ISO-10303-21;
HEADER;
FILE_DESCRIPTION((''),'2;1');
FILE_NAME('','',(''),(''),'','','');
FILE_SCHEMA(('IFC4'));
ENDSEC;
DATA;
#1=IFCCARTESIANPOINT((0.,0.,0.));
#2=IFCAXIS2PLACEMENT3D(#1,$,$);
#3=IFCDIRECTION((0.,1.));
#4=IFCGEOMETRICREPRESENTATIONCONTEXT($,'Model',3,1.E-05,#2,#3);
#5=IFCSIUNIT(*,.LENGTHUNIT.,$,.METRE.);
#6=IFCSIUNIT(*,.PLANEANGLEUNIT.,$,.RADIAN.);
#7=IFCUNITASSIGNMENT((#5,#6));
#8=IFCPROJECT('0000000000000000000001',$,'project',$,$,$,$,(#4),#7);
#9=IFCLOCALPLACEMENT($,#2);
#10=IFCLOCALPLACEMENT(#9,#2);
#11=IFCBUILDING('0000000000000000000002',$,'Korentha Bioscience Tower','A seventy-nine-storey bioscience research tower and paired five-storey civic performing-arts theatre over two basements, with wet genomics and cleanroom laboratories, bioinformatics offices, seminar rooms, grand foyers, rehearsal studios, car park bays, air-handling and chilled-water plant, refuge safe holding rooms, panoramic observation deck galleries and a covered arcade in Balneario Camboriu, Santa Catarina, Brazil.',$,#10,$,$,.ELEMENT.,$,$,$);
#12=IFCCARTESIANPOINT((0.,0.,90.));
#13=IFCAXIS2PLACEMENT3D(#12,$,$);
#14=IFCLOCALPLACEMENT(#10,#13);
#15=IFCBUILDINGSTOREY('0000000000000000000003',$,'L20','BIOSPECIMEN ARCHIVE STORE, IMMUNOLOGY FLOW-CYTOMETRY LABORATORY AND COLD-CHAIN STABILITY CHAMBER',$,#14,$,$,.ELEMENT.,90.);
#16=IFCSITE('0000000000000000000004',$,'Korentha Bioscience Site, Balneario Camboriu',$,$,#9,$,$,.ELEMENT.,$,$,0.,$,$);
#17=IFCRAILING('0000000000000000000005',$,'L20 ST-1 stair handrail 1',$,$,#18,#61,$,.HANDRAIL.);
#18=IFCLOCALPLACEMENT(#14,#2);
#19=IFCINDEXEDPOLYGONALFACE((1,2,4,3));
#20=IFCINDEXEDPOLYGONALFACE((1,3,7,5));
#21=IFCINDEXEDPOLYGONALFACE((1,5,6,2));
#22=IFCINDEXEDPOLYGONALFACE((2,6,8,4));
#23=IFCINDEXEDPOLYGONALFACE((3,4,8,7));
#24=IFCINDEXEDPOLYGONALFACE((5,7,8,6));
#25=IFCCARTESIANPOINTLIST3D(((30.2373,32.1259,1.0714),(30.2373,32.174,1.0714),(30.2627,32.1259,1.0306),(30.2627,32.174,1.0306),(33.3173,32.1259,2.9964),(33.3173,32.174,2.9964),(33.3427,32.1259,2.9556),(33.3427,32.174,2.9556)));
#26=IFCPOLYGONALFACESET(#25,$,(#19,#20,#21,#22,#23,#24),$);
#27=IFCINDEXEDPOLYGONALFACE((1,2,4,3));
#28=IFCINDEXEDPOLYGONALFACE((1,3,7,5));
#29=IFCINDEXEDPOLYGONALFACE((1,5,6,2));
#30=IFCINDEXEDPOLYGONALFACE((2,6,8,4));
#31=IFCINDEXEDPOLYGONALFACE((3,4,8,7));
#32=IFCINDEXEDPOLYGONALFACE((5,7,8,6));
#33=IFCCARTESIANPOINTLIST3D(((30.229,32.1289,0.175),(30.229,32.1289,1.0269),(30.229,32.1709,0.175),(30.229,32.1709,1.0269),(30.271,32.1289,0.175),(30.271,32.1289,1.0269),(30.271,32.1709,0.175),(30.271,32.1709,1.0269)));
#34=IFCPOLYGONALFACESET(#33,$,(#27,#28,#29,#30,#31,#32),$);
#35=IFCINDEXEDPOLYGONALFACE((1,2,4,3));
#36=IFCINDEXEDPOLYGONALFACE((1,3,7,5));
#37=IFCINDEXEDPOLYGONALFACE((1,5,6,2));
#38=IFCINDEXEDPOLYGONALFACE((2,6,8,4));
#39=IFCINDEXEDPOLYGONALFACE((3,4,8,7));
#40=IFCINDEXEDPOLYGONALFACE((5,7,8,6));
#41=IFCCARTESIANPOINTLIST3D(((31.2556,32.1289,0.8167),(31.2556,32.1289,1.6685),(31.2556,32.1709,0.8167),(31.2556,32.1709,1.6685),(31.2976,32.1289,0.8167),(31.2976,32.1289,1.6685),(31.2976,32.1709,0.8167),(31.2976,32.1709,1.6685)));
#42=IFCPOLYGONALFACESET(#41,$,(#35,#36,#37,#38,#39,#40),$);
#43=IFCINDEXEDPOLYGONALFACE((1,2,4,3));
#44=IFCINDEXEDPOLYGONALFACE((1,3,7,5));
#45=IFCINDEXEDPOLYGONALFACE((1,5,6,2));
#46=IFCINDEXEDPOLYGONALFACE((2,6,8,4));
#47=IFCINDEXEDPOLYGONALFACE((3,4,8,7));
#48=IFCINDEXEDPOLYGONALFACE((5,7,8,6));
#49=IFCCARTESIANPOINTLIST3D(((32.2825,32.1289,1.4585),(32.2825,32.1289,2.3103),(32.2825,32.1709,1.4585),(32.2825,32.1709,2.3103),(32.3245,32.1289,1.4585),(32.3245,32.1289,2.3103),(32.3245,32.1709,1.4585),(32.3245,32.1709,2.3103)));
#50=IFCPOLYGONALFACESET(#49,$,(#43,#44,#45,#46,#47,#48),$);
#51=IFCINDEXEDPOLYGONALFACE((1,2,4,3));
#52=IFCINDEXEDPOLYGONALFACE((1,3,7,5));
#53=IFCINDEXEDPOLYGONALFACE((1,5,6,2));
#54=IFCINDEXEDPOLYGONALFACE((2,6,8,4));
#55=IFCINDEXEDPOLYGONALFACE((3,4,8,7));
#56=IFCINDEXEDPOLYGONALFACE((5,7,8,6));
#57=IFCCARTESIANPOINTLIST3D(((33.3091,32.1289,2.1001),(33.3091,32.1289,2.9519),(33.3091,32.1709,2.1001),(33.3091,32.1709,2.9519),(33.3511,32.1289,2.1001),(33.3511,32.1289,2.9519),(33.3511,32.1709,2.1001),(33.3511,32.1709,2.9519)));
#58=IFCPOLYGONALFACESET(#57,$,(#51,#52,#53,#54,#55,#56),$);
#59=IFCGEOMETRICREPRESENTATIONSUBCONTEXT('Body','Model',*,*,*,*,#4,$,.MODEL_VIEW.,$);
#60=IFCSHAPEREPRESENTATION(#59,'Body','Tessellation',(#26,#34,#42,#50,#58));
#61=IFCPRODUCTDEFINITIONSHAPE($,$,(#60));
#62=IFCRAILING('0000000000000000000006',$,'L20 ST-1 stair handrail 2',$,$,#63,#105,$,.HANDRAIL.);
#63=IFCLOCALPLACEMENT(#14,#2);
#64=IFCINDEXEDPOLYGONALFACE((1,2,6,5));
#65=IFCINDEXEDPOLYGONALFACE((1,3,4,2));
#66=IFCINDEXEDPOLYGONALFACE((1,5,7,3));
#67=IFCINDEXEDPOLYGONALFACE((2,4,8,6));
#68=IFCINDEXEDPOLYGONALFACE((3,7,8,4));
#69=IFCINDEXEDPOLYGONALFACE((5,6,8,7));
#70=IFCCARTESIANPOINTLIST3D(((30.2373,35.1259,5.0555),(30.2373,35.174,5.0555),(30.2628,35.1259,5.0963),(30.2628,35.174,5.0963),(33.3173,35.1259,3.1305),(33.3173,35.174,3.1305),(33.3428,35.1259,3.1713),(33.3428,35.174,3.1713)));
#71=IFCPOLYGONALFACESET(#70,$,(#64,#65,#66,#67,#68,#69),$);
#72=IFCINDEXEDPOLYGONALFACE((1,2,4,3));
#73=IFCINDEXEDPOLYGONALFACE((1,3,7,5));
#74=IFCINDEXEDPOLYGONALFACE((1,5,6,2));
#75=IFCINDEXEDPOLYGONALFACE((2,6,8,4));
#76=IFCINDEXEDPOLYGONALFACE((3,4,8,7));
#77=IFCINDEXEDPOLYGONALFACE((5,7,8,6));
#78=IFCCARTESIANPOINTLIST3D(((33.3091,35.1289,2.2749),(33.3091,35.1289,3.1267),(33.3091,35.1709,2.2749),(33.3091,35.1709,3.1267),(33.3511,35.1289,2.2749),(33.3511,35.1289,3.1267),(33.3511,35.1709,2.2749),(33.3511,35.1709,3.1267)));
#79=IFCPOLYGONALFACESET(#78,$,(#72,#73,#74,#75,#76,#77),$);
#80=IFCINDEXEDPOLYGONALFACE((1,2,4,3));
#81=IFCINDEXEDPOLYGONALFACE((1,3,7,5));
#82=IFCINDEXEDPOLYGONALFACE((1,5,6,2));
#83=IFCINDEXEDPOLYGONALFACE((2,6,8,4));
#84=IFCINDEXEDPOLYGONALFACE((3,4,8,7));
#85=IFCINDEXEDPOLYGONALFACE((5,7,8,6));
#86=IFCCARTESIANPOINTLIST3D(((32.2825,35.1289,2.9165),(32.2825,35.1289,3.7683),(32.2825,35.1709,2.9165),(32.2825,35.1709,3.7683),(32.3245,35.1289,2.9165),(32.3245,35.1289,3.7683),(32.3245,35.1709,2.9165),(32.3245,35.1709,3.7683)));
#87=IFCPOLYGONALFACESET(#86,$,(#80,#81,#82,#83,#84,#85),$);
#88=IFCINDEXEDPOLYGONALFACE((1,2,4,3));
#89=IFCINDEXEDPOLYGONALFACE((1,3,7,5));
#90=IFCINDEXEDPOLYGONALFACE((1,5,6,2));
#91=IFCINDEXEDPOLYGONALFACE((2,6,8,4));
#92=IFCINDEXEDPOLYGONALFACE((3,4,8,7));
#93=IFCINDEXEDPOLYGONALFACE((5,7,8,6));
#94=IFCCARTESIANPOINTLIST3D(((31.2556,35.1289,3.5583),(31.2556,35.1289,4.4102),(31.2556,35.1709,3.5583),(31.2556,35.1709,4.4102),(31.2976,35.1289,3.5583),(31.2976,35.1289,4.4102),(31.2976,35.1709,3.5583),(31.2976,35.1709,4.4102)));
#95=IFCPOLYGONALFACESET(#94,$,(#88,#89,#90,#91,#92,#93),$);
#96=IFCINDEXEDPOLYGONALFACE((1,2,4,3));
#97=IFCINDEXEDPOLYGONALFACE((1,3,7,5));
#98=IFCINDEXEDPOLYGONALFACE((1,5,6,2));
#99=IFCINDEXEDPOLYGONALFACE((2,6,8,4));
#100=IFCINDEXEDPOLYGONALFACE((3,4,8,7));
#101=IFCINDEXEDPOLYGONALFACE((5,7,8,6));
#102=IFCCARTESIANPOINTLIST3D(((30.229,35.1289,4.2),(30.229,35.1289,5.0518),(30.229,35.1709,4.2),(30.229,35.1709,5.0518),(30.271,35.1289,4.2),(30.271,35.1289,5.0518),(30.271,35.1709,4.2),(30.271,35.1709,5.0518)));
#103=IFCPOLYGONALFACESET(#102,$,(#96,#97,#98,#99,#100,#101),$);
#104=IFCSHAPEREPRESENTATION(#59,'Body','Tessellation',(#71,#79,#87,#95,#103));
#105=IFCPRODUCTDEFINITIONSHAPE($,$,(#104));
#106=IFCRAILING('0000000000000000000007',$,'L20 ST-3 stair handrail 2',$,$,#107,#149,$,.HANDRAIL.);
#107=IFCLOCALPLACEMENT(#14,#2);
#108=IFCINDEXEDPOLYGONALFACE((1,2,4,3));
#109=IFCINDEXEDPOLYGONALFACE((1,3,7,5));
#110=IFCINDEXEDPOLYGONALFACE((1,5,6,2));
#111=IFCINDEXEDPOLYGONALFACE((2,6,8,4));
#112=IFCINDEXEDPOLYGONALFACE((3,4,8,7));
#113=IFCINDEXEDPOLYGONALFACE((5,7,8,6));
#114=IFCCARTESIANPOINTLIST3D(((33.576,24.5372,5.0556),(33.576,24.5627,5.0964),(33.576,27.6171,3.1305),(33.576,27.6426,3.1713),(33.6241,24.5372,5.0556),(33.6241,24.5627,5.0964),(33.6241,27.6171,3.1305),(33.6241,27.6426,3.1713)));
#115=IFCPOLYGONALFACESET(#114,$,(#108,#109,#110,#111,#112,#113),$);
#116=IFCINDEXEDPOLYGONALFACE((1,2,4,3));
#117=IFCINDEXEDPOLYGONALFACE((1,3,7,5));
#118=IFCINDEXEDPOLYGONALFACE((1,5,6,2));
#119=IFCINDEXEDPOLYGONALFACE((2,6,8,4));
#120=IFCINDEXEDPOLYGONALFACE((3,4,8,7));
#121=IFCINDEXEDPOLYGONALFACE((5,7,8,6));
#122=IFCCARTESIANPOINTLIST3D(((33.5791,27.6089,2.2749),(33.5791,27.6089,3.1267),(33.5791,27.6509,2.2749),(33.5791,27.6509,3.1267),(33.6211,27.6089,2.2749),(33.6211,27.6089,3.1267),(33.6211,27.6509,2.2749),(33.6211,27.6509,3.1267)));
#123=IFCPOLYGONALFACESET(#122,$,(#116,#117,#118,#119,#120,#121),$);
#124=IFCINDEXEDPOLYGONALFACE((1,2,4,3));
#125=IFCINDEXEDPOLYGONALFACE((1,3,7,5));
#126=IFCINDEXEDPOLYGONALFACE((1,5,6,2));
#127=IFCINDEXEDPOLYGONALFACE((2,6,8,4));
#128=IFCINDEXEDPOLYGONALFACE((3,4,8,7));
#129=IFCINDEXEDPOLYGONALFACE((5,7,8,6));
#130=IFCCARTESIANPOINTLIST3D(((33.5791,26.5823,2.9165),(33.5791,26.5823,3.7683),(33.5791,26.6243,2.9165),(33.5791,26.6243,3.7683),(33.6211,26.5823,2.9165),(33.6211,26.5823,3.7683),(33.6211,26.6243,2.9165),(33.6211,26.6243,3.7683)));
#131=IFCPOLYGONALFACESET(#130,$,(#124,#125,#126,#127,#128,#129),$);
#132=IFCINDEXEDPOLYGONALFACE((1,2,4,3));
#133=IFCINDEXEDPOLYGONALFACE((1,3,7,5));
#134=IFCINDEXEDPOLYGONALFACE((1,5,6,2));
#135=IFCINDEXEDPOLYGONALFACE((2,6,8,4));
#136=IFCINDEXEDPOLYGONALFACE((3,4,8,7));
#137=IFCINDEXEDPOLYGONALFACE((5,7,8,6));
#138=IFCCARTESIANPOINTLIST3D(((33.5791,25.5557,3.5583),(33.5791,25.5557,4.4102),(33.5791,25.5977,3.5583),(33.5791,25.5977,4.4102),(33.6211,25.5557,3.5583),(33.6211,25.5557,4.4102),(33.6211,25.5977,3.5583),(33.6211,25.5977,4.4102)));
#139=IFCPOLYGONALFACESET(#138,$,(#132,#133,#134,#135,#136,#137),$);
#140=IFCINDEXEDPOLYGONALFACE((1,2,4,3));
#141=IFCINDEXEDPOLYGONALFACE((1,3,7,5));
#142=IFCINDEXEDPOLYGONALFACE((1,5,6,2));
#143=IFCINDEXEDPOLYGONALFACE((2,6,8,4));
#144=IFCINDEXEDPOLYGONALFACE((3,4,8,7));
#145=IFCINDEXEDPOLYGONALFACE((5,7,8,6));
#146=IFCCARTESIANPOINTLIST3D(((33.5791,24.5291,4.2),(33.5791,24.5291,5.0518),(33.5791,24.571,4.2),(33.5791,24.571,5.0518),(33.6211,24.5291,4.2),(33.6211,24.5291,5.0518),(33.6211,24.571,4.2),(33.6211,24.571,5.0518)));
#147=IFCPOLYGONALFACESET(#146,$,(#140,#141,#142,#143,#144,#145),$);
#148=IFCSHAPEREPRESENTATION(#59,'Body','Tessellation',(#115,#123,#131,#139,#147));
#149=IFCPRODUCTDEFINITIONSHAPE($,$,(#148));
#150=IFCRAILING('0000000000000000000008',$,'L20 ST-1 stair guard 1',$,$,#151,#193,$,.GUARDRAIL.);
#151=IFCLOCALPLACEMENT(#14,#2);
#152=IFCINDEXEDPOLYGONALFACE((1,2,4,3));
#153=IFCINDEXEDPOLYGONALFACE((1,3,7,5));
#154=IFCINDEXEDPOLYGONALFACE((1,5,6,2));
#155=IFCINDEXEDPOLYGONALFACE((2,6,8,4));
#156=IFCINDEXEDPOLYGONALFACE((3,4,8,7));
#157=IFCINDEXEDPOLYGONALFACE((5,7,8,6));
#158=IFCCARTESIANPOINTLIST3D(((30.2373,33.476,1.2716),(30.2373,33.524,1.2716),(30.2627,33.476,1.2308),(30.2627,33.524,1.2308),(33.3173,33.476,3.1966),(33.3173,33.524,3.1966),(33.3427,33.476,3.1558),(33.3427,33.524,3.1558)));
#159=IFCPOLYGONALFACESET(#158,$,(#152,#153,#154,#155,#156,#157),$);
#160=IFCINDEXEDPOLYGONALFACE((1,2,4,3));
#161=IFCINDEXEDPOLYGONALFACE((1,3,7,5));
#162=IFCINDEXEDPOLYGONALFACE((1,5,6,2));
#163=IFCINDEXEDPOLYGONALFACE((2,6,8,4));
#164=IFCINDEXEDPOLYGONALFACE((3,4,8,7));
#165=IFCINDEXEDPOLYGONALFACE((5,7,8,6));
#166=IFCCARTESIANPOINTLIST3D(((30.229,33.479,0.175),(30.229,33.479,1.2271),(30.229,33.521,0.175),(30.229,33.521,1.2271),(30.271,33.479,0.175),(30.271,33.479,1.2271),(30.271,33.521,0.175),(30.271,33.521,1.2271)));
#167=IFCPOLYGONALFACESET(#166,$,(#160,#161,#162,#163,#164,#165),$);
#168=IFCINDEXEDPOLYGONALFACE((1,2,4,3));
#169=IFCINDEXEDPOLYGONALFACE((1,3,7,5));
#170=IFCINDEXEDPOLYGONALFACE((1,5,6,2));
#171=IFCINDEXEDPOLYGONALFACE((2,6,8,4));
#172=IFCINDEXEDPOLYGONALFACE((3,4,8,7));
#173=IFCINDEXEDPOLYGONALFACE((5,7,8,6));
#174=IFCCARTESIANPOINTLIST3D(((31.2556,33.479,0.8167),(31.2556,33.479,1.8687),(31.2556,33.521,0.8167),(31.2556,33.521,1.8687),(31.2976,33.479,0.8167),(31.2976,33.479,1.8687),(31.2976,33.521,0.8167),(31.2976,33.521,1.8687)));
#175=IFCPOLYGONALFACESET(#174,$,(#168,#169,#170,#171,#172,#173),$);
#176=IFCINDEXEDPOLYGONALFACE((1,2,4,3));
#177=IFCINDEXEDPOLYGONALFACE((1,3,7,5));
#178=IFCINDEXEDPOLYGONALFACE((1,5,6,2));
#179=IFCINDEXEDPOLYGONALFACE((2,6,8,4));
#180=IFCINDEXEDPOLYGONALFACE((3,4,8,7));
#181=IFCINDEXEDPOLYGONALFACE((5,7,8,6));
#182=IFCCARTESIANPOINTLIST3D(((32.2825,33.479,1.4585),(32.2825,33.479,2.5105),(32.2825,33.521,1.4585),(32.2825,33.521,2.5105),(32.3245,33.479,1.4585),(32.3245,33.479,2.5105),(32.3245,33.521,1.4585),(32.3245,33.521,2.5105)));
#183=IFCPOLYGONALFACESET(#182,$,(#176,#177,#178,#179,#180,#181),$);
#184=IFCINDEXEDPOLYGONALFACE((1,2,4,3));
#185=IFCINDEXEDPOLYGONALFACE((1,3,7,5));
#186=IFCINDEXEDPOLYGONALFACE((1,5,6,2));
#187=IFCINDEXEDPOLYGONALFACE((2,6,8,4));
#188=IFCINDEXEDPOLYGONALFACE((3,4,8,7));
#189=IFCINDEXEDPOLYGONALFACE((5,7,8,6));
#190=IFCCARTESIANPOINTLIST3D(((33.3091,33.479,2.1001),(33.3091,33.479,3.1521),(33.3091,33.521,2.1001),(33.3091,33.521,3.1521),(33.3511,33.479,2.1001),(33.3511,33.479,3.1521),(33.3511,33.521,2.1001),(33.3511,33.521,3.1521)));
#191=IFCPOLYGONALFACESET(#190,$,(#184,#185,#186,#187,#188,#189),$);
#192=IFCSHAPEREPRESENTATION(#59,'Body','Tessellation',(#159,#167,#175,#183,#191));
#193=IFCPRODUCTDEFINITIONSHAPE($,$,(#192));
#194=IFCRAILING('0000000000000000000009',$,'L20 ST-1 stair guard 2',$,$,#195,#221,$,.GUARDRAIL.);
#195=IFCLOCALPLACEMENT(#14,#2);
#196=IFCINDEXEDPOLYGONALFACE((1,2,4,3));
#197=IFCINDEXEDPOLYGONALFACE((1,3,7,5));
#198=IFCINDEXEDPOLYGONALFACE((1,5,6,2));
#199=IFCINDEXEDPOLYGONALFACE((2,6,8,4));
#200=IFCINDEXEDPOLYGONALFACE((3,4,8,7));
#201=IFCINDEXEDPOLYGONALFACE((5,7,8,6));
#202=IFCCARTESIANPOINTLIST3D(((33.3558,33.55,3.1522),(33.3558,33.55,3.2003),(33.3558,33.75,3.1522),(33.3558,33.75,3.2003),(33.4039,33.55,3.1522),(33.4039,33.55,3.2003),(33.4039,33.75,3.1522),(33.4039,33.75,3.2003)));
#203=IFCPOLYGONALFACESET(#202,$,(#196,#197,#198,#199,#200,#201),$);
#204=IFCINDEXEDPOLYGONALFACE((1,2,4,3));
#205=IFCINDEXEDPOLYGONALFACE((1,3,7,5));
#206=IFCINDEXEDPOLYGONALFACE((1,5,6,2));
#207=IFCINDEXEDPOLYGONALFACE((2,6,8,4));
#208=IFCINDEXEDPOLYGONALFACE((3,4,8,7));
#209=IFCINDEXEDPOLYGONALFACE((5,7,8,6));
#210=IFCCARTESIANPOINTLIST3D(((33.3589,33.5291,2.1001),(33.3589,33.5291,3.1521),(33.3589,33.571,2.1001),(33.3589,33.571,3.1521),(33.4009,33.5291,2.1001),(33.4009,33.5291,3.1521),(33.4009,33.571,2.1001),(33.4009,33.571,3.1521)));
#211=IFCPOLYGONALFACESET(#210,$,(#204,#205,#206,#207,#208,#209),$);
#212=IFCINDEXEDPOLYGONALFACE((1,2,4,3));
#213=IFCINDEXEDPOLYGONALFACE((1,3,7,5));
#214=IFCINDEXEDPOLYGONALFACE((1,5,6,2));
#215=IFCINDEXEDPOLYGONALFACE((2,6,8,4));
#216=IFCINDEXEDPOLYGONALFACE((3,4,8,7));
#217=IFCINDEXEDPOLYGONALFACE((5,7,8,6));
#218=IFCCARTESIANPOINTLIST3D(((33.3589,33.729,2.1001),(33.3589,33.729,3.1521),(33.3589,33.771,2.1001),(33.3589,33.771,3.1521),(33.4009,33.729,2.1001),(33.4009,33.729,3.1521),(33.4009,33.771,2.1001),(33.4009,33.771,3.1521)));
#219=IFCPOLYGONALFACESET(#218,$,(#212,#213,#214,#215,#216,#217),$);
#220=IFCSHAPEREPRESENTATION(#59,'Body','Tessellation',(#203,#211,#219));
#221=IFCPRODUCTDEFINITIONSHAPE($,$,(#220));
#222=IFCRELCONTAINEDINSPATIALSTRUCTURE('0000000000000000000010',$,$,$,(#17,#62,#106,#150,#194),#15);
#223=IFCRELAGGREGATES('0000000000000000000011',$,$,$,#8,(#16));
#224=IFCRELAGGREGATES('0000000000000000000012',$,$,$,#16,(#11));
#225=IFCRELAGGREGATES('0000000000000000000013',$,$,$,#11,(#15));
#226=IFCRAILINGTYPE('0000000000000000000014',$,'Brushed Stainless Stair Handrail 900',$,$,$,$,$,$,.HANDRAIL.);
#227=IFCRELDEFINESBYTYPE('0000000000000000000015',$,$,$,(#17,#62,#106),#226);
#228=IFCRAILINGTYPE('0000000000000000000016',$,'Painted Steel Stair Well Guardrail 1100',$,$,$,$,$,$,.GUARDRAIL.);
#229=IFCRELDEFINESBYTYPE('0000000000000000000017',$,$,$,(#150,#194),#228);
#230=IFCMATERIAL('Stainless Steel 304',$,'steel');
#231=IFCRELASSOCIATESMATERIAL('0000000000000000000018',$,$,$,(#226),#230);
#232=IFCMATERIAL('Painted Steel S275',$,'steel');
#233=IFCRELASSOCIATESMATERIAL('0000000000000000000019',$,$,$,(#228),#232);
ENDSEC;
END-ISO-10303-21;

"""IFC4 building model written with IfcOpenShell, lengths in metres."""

from ifc_helpers import new_model, si_unit, direction, frame, origin, origin_2d, place, context, subcontext, project, spatial, rectangle, extrude, material, type_object, element, save


model = new_model("IFC4")

# Units and contexts
model_context = context("Model", 3, precision=1e-05, world=origin(), true_north=direction((0.0, 1.0)))
body_context = subcontext(model_context, "Body", "Model", "MODEL_VIEW")
ifc_project = project(units=[si_unit("LENGTHUNIT", "METRE"), si_unit("PLANEANGLEUNIT", "RADIAN")], contexts=[model_context])

# Site, building, storey
site_placement = place(None, origin())
site = spatial("IfcSite", under=ifc_project, at=site_placement, Name="Korentha Bioscience Site, Balneario Camboriu", CompositionType="ELEMENT", RefElevation=0.0)
building_placement = place(site_placement, origin())
building = spatial("IfcBuilding", under=site, at=building_placement, Name="Korentha Bioscience Tower", Description="A seventy-nine-storey bioscience research tower and paired five-storey civic performing-arts theatre over two basements, with wet genomics and cleanroom laboratories, bioinformatics offices, seminar rooms, grand foyers, rehearsal studios, car park bays, air-handling and chilled-water plant, refuge safe holding rooms, panoramic observation deck galleries and a covered arcade in Balneario Camboriu, Santa Catarina, Brazil.", CompositionType="ELEMENT")
storey_placement = place(building_placement, frame((0.0, 0.0, 90.0)))
storey = spatial("IfcBuildingStorey", under=building, at=storey_placement, Name="L20", Description="BIOSPECIMEN ARCHIVE STORE, IMMUNOLOGY FLOW-CYTOMETRY LABORATORY AND COLD-CHAIN STABILITY CHAMBER", CompositionType="ELEMENT", Elevation=90.0)

# Railings
ifc_material_1 = material(Name="Stainless Steel 304", Category="steel")
railing_type_1 = type_object("IfcRailingType", Name="Brushed Stainless Stair Handrail 900", PredefinedType="HANDRAIL", material=ifc_material_1)
railing_1_placement = place(storey_placement, frame((30.25, 32.1499, 0.175)))
element("IfcRailing", 1, at=railing_1_placement, inside=storey, type_object=railing_type_1, Name="L20 ST-1 stair handrail 1", PredefinedType="HANDRAIL", context=body_context, shape_type="SweptSolid", body=[
    extrude(rectangle(XDim=0.0481, YDim=0.0481, at=origin_2d()), frame((0.0, 0.0, 0.876), z_axis=(0.847998, 0.0, 0.529999), x_axis=(0.0, 1.0, 0.0)), (0.0, 0.0, 1.0), 3.6321),
    extrude(rectangle(XDim=0.042, YDim=0.042, at=origin_2d()), origin(), (0.0, 0.0, 1.0), 0.8518),
    extrude(rectangle(XDim=0.042, YDim=0.042, at=origin_2d()), frame((1.0266, 0.0, 0.6416)), (0.0, 0.0, 1.0), 0.8518),
    extrude(rectangle(XDim=0.042, YDim=0.042, at=origin_2d()), frame((2.0535, 0.0, 1.2834)), (0.0, 0.0, 1.0), 0.8518),
    extrude(rectangle(XDim=0.042, YDim=0.042, at=origin_2d()), frame((3.0801, 0.0, 1.925)), (0.0, 0.0, 1.0), 0.8518),
])
railing_2_placement = place(storey_placement, frame((33.3301, 35.1499, 2.2749)))
element("IfcRailing", 2, at=railing_2_placement, inside=storey, type_object=railing_type_1, Name="L20 ST-1 stair handrail 2", PredefinedType="HANDRAIL", context=body_context, shape_type="SweptSolid", body=[
    extrude(rectangle(XDim=0.0481, YDim=0.0481, at=origin_2d()), frame((0.0, 0.0, 0.876), z_axis=(-0.847998, 0.0, 0.529999), x_axis=(0.0, -1.0, 0.0)), (0.0, 0.0, 1.0), 3.6321),
    extrude(rectangle(XDim=0.042, YDim=0.042, at=origin_2d()), origin(), (0.0, 0.0, 1.0), 0.8518),
    extrude(rectangle(XDim=0.042, YDim=0.042, at=origin_2d()), frame((-1.0266, 0.0, 0.6416)), (0.0, 0.0, 1.0), 0.8518),
    extrude(rectangle(XDim=0.042, YDim=0.042, at=origin_2d()), frame((-2.0535, 0.0, 1.2834)), (0.0, 0.0, 1.0), 0.8518),
    extrude(rectangle(XDim=0.042, YDim=0.042, at=origin_2d()), frame((-3.0801, 0.0, 1.925)), (0.0, 0.0, 1.0), 0.8518),
])
railing_3_placement = place(storey_placement, frame((33.6001, 27.6299, 2.2749)))
element("IfcRailing", 3, at=railing_3_placement, inside=storey, type_object=railing_type_1, Name="L20 ST-3 stair handrail 2", PredefinedType="HANDRAIL", context=body_context, shape_type="SweptSolid", body=[
    extrude(rectangle(XDim=0.0481, YDim=0.0481, at=origin_2d()), frame((0.0, 0.0, 0.876), z_axis=(0.0, -0.847979, 0.530029), x_axis=(1.0, 0.0, 0.0)), (0.0, 0.0, 1.0), 3.6321),
    extrude(rectangle(XDim=0.042, YDim=0.042, at=origin_2d()), origin(), (0.0, 0.0, 1.0), 0.8518),
    extrude(rectangle(XDim=0.042, YDim=0.042, at=origin_2d()), frame((0.0, -1.0266, 0.6416)), (0.0, 0.0, 1.0), 0.8518),
    extrude(rectangle(XDim=0.042, YDim=0.042, at=origin_2d()), frame((0.0, -2.0532, 1.2834)), (0.0, 0.0, 1.0), 0.8518),
    extrude(rectangle(XDim=0.042, YDim=0.042, at=origin_2d()), frame((0.0, -3.0798, 1.925)), (0.0, 0.0, 1.0), 0.8518),
])
ifc_material_2 = material(Name="Painted Steel S275", Category="steel")
railing_type_2 = type_object("IfcRailingType", Name="Painted Steel Stair Well Guardrail 1100", PredefinedType="GUARDRAIL", material=ifc_material_2)
railing_4_placement = place(storey_placement, frame((30.25, 33.5, 0.175)))
element("IfcRailing", 4, at=railing_4_placement, inside=storey, type_object=railing_type_2, Name="L20 ST-1 stair guard 1", PredefinedType="GUARDRAIL", context=body_context, shape_type="SweptSolid", body=[
    extrude(rectangle(XDim=0.0481, YDim=0.0481, at=origin_2d()), frame((0.0, 0.0, 1.0762), z_axis=(0.847998, 0.0, 0.529999), x_axis=(0.0, 1.0, 0.0)), (0.0, 0.0, 1.0), 3.6321),
    extrude(rectangle(XDim=0.042, YDim=0.042, at=origin_2d()), origin(), (0.0, 0.0, 1.0), 1.052),
    extrude(rectangle(XDim=0.042, YDim=0.042, at=origin_2d()), frame((1.0266, 0.0, 0.6416)), (0.0, 0.0, 1.0), 1.052),
    extrude(rectangle(XDim=0.042, YDim=0.042, at=origin_2d()), frame((2.0535, 0.0, 1.2834)), (0.0, 0.0, 1.0), 1.052),
    extrude(rectangle(XDim=0.042, YDim=0.042, at=origin_2d()), frame((3.0801, 0.0, 1.925)), (0.0, 0.0, 1.0), 1.052),
])
railing_5_placement = place(storey_placement, frame((33.3799, 33.55, 2.1001)))
element("IfcRailing", 5, at=railing_5_placement, inside=storey, type_object=railing_type_2, Name="L20 ST-1 stair guard 2", PredefinedType="GUARDRAIL", context=body_context, shape_type="SweptSolid", body=[
    extrude(rectangle(XDim=0.0481, YDim=0.0481, at=origin_2d()), frame((0.0, 0.0, 1.0762), z_axis=(0.0, 1.0, 0.0), x_axis=(-1.0, 0.0, 0.0)), (0.0, 0.0, 1.0), 0.2),
    extrude(rectangle(XDim=0.042, YDim=0.042, at=origin_2d()), origin(), (0.0, 0.0, 1.0), 1.052),
    extrude(rectangle(XDim=0.042, YDim=0.042, at=origin_2d()), frame((0.0, 0.2, 0.0)), (0.0, 0.0, 1.0), 1.052),
])

save(model, "model.ifc")
